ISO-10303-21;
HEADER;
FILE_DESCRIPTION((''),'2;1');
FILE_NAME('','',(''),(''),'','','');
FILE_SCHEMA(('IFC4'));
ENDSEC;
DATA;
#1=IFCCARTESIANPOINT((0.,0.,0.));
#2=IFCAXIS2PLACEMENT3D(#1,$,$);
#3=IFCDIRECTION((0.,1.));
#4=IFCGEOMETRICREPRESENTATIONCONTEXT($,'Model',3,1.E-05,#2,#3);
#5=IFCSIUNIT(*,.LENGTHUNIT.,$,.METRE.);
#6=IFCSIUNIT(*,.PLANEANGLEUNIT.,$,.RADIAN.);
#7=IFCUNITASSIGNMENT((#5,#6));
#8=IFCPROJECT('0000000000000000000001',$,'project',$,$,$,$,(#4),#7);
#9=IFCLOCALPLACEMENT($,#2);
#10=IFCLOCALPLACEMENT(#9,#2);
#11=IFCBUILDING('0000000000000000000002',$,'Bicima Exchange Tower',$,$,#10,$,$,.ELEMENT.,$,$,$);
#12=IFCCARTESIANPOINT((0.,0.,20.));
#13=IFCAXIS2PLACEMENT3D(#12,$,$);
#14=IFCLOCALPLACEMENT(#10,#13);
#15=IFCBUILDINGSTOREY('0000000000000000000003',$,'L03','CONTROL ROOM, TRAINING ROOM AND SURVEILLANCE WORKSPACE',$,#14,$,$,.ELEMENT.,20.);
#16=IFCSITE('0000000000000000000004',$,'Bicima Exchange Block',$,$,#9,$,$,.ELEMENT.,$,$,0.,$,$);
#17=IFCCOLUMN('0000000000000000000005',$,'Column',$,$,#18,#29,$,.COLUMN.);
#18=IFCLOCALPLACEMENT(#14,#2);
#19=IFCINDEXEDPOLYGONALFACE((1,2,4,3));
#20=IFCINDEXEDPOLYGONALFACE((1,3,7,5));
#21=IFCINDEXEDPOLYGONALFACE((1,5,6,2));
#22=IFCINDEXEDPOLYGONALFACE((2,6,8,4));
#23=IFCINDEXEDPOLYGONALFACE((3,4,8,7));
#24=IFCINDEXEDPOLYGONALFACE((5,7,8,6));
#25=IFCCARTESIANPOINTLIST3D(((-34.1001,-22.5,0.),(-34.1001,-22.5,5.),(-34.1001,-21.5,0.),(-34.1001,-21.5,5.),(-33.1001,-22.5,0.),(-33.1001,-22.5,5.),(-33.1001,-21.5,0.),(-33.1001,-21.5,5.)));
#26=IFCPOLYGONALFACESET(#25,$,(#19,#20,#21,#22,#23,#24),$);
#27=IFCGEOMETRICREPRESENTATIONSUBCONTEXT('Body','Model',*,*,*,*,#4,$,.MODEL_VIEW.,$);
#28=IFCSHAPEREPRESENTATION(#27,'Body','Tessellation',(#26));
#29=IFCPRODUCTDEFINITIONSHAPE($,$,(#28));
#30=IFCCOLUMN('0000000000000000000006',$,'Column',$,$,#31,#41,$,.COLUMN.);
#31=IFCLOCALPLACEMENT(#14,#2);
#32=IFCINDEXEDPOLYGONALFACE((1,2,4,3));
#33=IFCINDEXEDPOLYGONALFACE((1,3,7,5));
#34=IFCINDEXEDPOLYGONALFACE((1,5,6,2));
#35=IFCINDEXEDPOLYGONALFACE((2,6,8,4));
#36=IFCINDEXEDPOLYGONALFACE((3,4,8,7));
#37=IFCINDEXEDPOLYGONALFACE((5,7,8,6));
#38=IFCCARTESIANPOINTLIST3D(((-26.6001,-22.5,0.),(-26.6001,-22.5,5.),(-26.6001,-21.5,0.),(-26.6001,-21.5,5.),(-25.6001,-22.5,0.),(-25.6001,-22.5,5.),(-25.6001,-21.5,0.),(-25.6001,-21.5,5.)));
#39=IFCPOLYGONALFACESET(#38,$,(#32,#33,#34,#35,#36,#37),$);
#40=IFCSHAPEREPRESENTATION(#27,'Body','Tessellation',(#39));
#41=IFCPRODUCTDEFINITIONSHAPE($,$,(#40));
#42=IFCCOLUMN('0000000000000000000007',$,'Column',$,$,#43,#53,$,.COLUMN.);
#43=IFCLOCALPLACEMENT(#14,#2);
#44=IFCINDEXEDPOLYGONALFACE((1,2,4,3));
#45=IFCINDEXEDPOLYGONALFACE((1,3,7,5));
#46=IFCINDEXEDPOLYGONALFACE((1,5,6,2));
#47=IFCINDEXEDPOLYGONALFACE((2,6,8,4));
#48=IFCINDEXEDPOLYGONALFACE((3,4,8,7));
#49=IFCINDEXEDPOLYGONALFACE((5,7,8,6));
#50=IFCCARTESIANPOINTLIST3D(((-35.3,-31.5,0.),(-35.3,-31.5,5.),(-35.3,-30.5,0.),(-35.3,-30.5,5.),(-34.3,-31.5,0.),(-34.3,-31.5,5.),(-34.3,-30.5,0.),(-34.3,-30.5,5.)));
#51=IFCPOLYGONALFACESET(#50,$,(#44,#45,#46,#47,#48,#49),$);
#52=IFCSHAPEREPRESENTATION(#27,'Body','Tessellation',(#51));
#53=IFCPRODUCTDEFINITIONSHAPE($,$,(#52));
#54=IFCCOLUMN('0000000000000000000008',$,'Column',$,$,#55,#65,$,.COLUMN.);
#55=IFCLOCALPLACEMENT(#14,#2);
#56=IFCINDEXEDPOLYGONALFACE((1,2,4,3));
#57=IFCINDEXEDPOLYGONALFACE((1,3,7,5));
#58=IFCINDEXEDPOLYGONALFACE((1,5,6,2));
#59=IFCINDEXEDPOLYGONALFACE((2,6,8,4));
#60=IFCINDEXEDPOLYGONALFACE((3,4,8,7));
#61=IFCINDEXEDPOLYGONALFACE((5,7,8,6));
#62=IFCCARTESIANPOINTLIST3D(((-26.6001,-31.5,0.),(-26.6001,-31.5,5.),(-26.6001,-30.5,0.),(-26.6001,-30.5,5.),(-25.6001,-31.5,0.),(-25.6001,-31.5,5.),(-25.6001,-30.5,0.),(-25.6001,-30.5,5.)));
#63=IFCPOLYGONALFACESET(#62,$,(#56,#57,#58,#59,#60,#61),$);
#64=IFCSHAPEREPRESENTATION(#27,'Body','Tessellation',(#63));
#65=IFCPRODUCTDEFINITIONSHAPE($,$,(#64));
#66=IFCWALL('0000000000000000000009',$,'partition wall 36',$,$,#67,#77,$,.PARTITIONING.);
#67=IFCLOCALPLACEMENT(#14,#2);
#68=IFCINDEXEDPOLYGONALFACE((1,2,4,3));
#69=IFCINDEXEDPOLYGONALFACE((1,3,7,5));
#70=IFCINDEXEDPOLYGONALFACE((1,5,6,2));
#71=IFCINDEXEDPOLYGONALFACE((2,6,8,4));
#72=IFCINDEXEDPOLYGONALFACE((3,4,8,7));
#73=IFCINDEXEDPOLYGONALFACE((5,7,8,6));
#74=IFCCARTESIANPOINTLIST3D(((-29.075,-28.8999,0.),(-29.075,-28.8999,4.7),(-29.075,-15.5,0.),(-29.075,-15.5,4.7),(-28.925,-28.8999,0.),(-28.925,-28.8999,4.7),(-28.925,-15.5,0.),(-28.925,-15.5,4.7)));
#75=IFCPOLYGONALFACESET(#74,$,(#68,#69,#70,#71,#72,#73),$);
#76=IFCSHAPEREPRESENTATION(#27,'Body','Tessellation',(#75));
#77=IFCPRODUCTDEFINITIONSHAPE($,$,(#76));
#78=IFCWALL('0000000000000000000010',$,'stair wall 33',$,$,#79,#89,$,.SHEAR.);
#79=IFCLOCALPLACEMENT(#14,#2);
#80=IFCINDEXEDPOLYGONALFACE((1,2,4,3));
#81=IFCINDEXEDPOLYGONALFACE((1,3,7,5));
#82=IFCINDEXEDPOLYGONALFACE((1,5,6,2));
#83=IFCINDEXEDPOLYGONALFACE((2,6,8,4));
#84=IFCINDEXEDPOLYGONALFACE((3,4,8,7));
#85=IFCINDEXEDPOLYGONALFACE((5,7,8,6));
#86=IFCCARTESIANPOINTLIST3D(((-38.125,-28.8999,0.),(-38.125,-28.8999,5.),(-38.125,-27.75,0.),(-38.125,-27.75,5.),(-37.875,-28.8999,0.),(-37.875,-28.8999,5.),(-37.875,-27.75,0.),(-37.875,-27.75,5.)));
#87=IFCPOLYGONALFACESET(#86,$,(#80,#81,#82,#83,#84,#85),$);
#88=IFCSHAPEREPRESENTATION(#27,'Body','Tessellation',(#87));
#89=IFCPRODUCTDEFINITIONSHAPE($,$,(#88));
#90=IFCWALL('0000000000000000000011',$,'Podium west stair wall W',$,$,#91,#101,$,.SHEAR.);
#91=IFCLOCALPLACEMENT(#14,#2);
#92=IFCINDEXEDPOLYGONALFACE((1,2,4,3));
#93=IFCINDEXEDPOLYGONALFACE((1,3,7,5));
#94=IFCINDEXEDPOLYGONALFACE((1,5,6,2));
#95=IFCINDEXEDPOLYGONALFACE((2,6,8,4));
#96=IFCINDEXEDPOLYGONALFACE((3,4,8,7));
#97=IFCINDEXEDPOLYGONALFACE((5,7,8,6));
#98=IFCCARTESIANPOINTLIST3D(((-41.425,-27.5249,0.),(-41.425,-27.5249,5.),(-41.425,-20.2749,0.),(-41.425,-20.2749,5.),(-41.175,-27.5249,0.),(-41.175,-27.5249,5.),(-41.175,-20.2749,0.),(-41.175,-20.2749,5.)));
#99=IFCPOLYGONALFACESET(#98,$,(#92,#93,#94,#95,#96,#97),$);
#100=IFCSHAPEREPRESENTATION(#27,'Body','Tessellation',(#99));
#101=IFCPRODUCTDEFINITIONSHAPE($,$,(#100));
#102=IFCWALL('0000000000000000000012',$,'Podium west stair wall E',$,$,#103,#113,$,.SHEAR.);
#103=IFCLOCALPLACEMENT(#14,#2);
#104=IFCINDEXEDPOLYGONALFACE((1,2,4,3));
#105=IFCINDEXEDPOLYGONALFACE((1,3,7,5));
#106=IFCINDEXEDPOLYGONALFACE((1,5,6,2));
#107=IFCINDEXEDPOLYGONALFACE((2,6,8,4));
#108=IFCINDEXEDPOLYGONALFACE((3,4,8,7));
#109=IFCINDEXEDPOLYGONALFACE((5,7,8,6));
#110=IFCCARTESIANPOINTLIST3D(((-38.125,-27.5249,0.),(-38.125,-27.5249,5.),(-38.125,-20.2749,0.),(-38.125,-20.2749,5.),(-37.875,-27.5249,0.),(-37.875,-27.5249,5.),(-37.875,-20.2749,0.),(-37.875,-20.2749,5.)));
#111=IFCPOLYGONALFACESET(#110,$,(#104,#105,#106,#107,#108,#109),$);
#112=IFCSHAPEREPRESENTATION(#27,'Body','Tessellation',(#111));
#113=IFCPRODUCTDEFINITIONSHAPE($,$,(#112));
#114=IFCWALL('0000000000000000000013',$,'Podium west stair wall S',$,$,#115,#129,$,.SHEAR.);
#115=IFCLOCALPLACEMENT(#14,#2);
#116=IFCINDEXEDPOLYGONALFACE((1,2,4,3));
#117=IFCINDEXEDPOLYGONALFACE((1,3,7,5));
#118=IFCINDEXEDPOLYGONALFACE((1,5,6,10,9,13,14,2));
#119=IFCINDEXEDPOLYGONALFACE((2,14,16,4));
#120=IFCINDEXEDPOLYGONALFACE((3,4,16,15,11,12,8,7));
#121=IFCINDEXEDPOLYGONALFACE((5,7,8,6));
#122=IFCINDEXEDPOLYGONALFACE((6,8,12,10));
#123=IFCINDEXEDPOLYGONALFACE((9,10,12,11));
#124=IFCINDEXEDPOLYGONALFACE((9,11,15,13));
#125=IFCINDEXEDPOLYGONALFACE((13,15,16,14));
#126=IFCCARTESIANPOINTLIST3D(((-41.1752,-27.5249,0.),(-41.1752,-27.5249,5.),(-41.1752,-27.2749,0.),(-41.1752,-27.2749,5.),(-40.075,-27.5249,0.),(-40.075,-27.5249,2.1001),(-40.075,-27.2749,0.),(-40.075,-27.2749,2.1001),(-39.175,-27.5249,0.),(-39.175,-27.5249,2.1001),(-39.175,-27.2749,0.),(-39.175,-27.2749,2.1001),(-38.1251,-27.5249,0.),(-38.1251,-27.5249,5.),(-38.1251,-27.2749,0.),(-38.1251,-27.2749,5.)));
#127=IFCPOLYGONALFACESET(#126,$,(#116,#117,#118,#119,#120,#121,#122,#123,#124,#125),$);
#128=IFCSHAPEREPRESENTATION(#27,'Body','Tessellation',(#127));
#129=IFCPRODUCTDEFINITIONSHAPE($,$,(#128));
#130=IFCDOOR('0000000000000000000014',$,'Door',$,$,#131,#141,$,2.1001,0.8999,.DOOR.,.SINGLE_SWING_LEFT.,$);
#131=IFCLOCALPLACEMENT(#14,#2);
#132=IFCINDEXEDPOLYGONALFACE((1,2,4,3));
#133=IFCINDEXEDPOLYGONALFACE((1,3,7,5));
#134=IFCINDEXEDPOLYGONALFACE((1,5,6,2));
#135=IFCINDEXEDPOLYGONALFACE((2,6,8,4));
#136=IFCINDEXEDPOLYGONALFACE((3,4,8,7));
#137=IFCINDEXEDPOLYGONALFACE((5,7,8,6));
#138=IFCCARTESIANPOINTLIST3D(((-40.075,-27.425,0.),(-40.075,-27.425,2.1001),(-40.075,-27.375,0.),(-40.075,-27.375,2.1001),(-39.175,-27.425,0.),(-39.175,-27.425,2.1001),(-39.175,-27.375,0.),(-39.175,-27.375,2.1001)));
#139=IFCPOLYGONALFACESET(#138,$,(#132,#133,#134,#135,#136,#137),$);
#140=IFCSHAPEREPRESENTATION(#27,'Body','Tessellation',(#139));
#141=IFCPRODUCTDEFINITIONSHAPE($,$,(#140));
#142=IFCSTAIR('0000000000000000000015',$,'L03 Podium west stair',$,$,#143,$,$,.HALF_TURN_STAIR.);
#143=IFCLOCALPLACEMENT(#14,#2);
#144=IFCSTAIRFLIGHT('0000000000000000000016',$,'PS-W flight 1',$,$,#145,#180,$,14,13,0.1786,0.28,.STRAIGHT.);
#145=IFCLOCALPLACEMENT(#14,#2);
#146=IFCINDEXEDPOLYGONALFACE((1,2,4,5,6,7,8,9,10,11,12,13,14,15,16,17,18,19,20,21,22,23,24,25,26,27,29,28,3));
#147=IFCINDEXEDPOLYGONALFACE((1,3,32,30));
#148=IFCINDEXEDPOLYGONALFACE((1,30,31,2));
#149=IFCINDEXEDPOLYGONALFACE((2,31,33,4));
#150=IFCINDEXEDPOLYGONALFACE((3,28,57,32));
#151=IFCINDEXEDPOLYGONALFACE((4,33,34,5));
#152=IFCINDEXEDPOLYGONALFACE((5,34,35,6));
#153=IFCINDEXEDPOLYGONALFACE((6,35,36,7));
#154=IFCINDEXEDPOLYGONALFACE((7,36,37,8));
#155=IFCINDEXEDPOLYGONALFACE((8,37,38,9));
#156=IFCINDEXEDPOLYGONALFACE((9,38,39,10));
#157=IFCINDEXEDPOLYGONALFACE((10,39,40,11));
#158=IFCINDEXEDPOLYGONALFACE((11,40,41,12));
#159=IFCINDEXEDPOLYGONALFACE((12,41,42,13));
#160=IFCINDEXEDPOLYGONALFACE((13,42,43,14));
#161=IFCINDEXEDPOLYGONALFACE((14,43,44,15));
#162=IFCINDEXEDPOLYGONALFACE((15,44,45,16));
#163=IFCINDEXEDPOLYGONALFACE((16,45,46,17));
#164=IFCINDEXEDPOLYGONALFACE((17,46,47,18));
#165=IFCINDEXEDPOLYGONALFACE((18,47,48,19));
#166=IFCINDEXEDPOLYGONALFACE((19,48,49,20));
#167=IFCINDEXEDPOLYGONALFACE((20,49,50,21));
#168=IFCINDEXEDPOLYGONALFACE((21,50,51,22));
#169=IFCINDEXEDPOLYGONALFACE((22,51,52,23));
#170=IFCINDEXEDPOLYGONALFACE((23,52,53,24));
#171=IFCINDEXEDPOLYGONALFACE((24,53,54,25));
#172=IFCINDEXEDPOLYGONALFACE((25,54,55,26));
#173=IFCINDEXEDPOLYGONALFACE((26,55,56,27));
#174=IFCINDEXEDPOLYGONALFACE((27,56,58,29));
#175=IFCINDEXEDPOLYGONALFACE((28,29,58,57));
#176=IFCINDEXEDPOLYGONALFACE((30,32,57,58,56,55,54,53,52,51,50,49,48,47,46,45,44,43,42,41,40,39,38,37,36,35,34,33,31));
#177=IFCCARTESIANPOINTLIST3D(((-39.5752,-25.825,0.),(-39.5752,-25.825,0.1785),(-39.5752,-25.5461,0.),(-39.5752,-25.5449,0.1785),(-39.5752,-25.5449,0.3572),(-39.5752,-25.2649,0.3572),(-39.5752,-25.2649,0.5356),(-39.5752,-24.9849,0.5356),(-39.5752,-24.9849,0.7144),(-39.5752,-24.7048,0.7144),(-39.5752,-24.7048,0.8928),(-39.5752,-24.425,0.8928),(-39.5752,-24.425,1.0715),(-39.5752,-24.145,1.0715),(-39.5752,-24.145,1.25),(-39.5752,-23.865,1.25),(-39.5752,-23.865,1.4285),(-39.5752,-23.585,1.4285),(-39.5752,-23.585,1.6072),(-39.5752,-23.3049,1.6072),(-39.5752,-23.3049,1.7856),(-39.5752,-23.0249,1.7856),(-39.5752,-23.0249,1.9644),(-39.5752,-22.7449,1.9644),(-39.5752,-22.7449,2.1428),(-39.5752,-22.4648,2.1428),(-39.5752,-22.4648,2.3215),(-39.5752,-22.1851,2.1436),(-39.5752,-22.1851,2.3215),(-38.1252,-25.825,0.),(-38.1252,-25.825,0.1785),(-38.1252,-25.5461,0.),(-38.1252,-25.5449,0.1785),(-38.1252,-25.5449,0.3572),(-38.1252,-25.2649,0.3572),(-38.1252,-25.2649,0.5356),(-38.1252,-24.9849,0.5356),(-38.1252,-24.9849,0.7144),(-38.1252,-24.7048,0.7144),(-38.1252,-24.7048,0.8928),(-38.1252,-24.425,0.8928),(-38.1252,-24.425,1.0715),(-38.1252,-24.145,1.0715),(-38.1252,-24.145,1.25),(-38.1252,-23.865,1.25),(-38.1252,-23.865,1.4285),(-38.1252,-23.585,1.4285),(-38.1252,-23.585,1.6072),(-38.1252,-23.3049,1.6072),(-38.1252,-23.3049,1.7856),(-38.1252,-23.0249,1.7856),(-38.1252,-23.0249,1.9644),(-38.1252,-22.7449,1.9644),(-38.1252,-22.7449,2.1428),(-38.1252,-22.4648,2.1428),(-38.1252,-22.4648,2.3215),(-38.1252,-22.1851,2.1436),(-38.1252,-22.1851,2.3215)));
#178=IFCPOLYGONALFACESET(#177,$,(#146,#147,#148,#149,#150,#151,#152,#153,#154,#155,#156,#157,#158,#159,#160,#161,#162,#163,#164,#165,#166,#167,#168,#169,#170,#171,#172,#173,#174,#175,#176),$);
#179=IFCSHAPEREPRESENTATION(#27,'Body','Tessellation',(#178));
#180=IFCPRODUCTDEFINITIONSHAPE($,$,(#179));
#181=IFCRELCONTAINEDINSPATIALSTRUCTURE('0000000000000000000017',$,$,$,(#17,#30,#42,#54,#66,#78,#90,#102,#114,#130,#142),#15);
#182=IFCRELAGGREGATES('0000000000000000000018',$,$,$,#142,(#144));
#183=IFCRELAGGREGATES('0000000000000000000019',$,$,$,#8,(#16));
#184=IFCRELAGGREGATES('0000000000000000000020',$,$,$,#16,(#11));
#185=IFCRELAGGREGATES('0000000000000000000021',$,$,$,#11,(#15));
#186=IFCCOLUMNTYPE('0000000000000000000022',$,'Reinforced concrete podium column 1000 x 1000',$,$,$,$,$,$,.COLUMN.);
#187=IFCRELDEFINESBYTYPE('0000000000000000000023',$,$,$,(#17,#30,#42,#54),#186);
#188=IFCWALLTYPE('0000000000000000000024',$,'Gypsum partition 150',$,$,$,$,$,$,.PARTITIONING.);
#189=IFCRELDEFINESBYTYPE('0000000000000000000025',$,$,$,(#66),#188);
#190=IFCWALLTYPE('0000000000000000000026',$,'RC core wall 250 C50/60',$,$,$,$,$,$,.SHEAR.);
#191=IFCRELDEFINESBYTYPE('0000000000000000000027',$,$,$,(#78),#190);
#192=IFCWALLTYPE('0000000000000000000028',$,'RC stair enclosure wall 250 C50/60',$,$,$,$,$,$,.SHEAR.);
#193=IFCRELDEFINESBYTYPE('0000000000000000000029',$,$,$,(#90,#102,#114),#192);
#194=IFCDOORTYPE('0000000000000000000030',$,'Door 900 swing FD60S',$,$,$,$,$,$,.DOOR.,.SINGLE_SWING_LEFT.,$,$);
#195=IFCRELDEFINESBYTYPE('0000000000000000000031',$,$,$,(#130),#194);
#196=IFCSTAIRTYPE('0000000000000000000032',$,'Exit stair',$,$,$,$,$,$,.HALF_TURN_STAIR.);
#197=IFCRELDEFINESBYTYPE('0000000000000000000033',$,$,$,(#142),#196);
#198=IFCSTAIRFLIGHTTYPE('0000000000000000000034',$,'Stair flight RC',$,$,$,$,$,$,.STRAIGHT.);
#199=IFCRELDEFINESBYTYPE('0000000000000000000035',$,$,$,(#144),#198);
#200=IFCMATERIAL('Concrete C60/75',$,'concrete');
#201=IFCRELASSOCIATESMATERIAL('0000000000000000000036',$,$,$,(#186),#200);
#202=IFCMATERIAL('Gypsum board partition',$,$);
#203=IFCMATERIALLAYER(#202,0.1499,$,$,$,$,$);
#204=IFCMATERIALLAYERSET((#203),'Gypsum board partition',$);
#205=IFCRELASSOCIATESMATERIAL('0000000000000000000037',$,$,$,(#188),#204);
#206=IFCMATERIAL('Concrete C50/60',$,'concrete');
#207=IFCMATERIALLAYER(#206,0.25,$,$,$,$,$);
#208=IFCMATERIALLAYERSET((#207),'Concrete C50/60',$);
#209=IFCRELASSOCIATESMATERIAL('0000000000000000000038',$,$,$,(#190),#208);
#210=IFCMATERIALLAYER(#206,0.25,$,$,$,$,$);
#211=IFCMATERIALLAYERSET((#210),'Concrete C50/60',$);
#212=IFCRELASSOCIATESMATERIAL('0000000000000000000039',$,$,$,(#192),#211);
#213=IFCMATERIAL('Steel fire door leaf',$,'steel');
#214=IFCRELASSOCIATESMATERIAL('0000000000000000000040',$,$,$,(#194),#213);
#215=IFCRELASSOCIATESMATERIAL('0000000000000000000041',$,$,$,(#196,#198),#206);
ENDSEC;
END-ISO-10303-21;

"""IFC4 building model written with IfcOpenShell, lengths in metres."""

from ifc_helpers import new_model, si_unit, direction, frame, frame_2d, origin, origin_2d, place, context, subcontext, project, spatial, polyline, rectangle, outline, extrude, material, layer, layer_set, material_profile, profile_set, type_object, element, fill, aggregate, save


model = new_model("IFC4")

# Units and contexts
model_context = context("Model", 3, precision=1e-05, world=origin(), true_north=direction((0.0, 1.0)))
body_context = subcontext(model_context, "Body", "Model", "MODEL_VIEW")
ifc_project = project(units=[si_unit("LENGTHUNIT", "METRE"), si_unit("PLANEANGLEUNIT", "RADIAN")], contexts=[model_context])

# Site, building, storey
site_placement = place(None, origin())
site = spatial("IfcSite", under=ifc_project, at=site_placement, Name="Bicima Exchange Block", CompositionType="ELEMENT", RefElevation=0.0)
building_placement = place(site_placement, origin())
building = spatial("IfcBuilding", under=site, at=building_placement, Name="Bicima Exchange Tower", CompositionType="ELEMENT")
storey_placement = place(building_placement, frame((0.0, 0.0, 20.0)))
storey = spatial("IfcBuildingStorey", under=building, at=storey_placement, Name="L03", Description="CONTROL ROOM, TRAINING ROOM AND SURVEILLANCE WORKSPACE", CompositionType="ELEMENT", Elevation=20.0)

# Columns
ifc_material_1 = material(Name="Concrete C60/75", Category="concrete")
ifc_material_profile = material_profile(ifc_material_1, rectangle(XDim=1.0, YDim=1.0, at=origin_2d()))
ifc_profile_set = profile_set([ifc_material_profile], Name="Concrete C60/75")
column_type = type_object("IfcColumnType", Name="Reinforced concrete podium column 1000 x 1000", PredefinedType="COLUMN", material=ifc_profile_set)
for number, where, z_axis, x_axis, name in (
    (1, (-33.6001, -22.0, 0.0), (0.0, 0.0, 1.0), (1.0, 0.0, 0.0), "Column"),
    (2, (-26.1001, -22.0, 0.0), (0.0, 0.0, 1.0), (1.0, 0.0, 0.0), "Column"),
    (3, (-34.8, -31.0, 0.0), (0.0, 0.0, 1.0), (1.0, 0.0, 0.0), "Column"),
    (4, (-26.1001, -31.0, 0.0), (0.0, 0.0, 1.0), (1.0, 0.0, 0.0), "Column"),
):
    element("IfcColumn", number, at=place(storey_placement, frame(where, z_axis=z_axis, x_axis=x_axis)), inside=storey, type_object=column_type, Name=name, PredefinedType="COLUMN", context=body_context, shape_type="SweptSolid", body=[
        extrude(rectangle(XDim=1.0, YDim=1.0, at=origin_2d()), origin(), (0.0, 0.0, 1.0), 5.0),
    ])

# Walls
ifc_material_2 = material(Name="Gypsum board partition")
ifc_layer_1 = layer(ifc_material_2, 0.1499)
ifc_layer_set_1 = layer_set([ifc_layer_1], Name="Gypsum board partition")
wall_type_1 = type_object("IfcWallType", Name="Gypsum partition 150", PredefinedType="PARTITIONING", material=ifc_layer_set_1)
wall_1_placement = place(storey_placement, frame((-29.0, -28.8999, 0.0), z_axis=(0.0, 0.0, 1.0), x_axis=(0.0, 1.0, 0.0)))
element("IfcWall", 5, at=wall_1_placement, inside=storey, type_object=wall_type_1, Name="partition wall 36", PredefinedType="PARTITIONING", context=body_context, shape_type="SweptSolid", body=[
    extrude(rectangle(XDim=13.3999, YDim=0.1499, at=frame_2d((6.7, 0.0))), origin(), (0.0, 0.0, 1.0), 4.7),
])
ifc_material_3 = material(Name="Concrete C50/60", Category="concrete")
ifc_layer_2 = layer(ifc_material_3, 0.25)
ifc_layer_set_2 = layer_set([ifc_layer_2], Name="Concrete C50/60")
wall_type_2 = type_object("IfcWallType", Name="RC core wall 250 C50/60", PredefinedType="SHEAR", material=ifc_layer_set_2)
wall_2_placement = place(storey_placement, frame((-38.0, -28.8999, 0.0), z_axis=(0.0, 0.0, 1.0), x_axis=(0.0, 1.0, 0.0)))
element("IfcWall", 6, at=wall_2_placement, inside=storey, type_object=wall_type_2, Name="stair wall 33", PredefinedType="SHEAR", context=body_context, shape_type="SweptSolid", body=[
    extrude(rectangle(XDim=1.1499, YDim=0.25, at=frame_2d((0.575, 0.0))), origin(), (0.0, 0.0, 1.0), 5.0),
])
ifc_layer_3 = layer(ifc_material_3, 0.25)
ifc_layer_set_3 = layer_set([ifc_layer_3], Name="Concrete C50/60")
wall_type_3 = type_object("IfcWallType", Name="RC stair enclosure wall 250 C50/60", PredefinedType="SHEAR", material=ifc_layer_set_3)
for number, where, z_axis, x_axis, name in (
    (7, (-41.3, -27.5249, 0.0), (0.0, 0.0, 1.0), (0.0, 1.0, 0.0), "Podium west stair wall W"),
    (8, (-38.0, -27.5249, 0.0), (0.0, 0.0, 1.0), (0.0, 1.0, 0.0), "Podium west stair wall E"),
):
    element("IfcWall", number, at=place(storey_placement, frame(where, z_axis=z_axis, x_axis=x_axis)), inside=storey, type_object=wall_type_3, Name=name, PredefinedType="SHEAR", context=body_context, shape_type="SweptSolid", body=[
        extrude(rectangle(XDim=7.25, YDim=0.25, at=frame_2d((3.625, 0.0))), origin(), (0.0, 0.0, 1.0), 5.0),
    ])

# Wall, opening, door
wall_3_placement = place(storey_placement, frame((-41.175, -27.3999, 0.0), z_axis=(0.0, 0.0, 1.0), x_axis=(1.0, 0.0, 0.0)))
wall_3 = element("IfcWall", 9, at=wall_3_placement, inside=storey, type_object=wall_type_3, Name="Podium west stair wall S", PredefinedType="SHEAR", context=body_context, shape_type="SweptSolid", body=[
    extrude(rectangle(XDim=3.05, YDim=0.25, at=frame_2d((1.5249, 0.0))), origin(), (0.0, 0.0, 1.0), 5.0),
])
opening_placement = place(wall_3_placement, frame((1.1001, 0.0, 0.0)))
opening = element("IfcOpeningElement", 10, at=opening_placement, cuts=wall_3, PredefinedType="OPENING", context=body_context, shape_type="SweptSolid", body=[
    extrude(rectangle(XDim=0.8999, YDim=2.1001, at=frame_2d((0.45, 1.05))), frame((0.0, 0.137, 0.0), z_axis=(0.0, -1.0, 0.0), x_axis=(1.0, 0.0, 0.0)), (0.0, 0.0, 1.0), 0.2739),
])
ifc_material_4 = material(Name="Steel fire door leaf", Category="steel")
door_type = type_object("IfcDoorType", Name="Door 900 swing FD60S", OperationType="SINGLE_SWING_LEFT", PredefinedType="DOOR", material=ifc_material_4)
door_placement = place(opening_placement, origin())
door = element("IfcDoor", 11, at=door_placement, inside=storey, type_object=door_type, Name="Door", OperationType="SINGLE_SWING_LEFT", OverallHeight=2.1001, OverallWidth=0.8999, PredefinedType="DOOR", context=body_context, shape_type="SweptSolid", body=[
    extrude(rectangle(XDim=0.8999, YDim=2.1001, at=frame_2d((0.45, 1.05))), frame((0.0, 0.0249, 0.0), z_axis=(0.0, -1.0, 0.0), x_axis=(1.0, 0.0, 0.0)), (0.0, 0.0, 1.0), 0.05),
])
fill(opening, door)

# Stair, stair flight
stair_type = type_object("IfcStairType", Name="Exit stair", PredefinedType="HALF_TURN_STAIR", material=ifc_material_3)
stair_placement = place(storey_placement, origin())
stair = element("IfcStair", 12, at=stair_placement, inside=storey, type_object=stair_type, Name="L03 Podium west stair", PredefinedType="HALF_TURN_STAIR")
stair_flight_type = type_object("IfcStairFlightType", Name="Stair flight RC", PredefinedType="STRAIGHT", material=ifc_material_3)
stair_flight_1_placement = place(storey_placement, frame((-38.8501, -25.825, 0.0), z_axis=(0.0, 0.0, 1.0), x_axis=(0.0, 1.0, 0.0)))
stair_flight_1 = element("IfcStairFlight", 13, at=stair_flight_1_placement, type_object=stair_flight_type, Name="PS-W flight 1", NumberOfRisers=14, NumberOfTreads=13, PredefinedType="STRAIGHT", RiserHeight=0.1786, TreadLength=0.28, context=body_context, shape_type="SweptSolid", body=[
    extrude(outline(polyline([(0.0, 0.0), (0.0, 0.1785), (0.28, 0.1785), (0.28, 0.3572), (0.5601, 0.3572), (0.5601, 0.5356), (0.8401, 0.5356), (0.8401, 0.7144), (1.1201, 0.7144), (1.1201, 0.8928), (1.3999, 0.8928), (1.3999, 1.0715), (1.6799, 1.0715), (1.6799, 1.25), (1.96, 1.25), (1.96, 1.4285), (2.24, 1.4285), (2.24, 1.6072), (2.52, 1.6072), (2.52, 1.7856), (2.8, 1.7856), (2.8, 1.9644), (3.0801, 1.9644), (3.0801, 2.1428), (3.3601, 2.1428), (3.3601, 2.3215), (3.6399, 2.3215), (3.6399, 2.5), (3.6399, 2.1436), (0.2788, 0.0), (0.0, 0.0)])), frame((0.0, 0.7251, 0.0), z_axis=(0.0, -1.0, 0.0), x_axis=(1.0, 0.0, 0.0)), (0.0, 0.0, 1.0), 1.45),
])
aggregate(stair, [stair_flight_1])

save(model, "model.ifc")
